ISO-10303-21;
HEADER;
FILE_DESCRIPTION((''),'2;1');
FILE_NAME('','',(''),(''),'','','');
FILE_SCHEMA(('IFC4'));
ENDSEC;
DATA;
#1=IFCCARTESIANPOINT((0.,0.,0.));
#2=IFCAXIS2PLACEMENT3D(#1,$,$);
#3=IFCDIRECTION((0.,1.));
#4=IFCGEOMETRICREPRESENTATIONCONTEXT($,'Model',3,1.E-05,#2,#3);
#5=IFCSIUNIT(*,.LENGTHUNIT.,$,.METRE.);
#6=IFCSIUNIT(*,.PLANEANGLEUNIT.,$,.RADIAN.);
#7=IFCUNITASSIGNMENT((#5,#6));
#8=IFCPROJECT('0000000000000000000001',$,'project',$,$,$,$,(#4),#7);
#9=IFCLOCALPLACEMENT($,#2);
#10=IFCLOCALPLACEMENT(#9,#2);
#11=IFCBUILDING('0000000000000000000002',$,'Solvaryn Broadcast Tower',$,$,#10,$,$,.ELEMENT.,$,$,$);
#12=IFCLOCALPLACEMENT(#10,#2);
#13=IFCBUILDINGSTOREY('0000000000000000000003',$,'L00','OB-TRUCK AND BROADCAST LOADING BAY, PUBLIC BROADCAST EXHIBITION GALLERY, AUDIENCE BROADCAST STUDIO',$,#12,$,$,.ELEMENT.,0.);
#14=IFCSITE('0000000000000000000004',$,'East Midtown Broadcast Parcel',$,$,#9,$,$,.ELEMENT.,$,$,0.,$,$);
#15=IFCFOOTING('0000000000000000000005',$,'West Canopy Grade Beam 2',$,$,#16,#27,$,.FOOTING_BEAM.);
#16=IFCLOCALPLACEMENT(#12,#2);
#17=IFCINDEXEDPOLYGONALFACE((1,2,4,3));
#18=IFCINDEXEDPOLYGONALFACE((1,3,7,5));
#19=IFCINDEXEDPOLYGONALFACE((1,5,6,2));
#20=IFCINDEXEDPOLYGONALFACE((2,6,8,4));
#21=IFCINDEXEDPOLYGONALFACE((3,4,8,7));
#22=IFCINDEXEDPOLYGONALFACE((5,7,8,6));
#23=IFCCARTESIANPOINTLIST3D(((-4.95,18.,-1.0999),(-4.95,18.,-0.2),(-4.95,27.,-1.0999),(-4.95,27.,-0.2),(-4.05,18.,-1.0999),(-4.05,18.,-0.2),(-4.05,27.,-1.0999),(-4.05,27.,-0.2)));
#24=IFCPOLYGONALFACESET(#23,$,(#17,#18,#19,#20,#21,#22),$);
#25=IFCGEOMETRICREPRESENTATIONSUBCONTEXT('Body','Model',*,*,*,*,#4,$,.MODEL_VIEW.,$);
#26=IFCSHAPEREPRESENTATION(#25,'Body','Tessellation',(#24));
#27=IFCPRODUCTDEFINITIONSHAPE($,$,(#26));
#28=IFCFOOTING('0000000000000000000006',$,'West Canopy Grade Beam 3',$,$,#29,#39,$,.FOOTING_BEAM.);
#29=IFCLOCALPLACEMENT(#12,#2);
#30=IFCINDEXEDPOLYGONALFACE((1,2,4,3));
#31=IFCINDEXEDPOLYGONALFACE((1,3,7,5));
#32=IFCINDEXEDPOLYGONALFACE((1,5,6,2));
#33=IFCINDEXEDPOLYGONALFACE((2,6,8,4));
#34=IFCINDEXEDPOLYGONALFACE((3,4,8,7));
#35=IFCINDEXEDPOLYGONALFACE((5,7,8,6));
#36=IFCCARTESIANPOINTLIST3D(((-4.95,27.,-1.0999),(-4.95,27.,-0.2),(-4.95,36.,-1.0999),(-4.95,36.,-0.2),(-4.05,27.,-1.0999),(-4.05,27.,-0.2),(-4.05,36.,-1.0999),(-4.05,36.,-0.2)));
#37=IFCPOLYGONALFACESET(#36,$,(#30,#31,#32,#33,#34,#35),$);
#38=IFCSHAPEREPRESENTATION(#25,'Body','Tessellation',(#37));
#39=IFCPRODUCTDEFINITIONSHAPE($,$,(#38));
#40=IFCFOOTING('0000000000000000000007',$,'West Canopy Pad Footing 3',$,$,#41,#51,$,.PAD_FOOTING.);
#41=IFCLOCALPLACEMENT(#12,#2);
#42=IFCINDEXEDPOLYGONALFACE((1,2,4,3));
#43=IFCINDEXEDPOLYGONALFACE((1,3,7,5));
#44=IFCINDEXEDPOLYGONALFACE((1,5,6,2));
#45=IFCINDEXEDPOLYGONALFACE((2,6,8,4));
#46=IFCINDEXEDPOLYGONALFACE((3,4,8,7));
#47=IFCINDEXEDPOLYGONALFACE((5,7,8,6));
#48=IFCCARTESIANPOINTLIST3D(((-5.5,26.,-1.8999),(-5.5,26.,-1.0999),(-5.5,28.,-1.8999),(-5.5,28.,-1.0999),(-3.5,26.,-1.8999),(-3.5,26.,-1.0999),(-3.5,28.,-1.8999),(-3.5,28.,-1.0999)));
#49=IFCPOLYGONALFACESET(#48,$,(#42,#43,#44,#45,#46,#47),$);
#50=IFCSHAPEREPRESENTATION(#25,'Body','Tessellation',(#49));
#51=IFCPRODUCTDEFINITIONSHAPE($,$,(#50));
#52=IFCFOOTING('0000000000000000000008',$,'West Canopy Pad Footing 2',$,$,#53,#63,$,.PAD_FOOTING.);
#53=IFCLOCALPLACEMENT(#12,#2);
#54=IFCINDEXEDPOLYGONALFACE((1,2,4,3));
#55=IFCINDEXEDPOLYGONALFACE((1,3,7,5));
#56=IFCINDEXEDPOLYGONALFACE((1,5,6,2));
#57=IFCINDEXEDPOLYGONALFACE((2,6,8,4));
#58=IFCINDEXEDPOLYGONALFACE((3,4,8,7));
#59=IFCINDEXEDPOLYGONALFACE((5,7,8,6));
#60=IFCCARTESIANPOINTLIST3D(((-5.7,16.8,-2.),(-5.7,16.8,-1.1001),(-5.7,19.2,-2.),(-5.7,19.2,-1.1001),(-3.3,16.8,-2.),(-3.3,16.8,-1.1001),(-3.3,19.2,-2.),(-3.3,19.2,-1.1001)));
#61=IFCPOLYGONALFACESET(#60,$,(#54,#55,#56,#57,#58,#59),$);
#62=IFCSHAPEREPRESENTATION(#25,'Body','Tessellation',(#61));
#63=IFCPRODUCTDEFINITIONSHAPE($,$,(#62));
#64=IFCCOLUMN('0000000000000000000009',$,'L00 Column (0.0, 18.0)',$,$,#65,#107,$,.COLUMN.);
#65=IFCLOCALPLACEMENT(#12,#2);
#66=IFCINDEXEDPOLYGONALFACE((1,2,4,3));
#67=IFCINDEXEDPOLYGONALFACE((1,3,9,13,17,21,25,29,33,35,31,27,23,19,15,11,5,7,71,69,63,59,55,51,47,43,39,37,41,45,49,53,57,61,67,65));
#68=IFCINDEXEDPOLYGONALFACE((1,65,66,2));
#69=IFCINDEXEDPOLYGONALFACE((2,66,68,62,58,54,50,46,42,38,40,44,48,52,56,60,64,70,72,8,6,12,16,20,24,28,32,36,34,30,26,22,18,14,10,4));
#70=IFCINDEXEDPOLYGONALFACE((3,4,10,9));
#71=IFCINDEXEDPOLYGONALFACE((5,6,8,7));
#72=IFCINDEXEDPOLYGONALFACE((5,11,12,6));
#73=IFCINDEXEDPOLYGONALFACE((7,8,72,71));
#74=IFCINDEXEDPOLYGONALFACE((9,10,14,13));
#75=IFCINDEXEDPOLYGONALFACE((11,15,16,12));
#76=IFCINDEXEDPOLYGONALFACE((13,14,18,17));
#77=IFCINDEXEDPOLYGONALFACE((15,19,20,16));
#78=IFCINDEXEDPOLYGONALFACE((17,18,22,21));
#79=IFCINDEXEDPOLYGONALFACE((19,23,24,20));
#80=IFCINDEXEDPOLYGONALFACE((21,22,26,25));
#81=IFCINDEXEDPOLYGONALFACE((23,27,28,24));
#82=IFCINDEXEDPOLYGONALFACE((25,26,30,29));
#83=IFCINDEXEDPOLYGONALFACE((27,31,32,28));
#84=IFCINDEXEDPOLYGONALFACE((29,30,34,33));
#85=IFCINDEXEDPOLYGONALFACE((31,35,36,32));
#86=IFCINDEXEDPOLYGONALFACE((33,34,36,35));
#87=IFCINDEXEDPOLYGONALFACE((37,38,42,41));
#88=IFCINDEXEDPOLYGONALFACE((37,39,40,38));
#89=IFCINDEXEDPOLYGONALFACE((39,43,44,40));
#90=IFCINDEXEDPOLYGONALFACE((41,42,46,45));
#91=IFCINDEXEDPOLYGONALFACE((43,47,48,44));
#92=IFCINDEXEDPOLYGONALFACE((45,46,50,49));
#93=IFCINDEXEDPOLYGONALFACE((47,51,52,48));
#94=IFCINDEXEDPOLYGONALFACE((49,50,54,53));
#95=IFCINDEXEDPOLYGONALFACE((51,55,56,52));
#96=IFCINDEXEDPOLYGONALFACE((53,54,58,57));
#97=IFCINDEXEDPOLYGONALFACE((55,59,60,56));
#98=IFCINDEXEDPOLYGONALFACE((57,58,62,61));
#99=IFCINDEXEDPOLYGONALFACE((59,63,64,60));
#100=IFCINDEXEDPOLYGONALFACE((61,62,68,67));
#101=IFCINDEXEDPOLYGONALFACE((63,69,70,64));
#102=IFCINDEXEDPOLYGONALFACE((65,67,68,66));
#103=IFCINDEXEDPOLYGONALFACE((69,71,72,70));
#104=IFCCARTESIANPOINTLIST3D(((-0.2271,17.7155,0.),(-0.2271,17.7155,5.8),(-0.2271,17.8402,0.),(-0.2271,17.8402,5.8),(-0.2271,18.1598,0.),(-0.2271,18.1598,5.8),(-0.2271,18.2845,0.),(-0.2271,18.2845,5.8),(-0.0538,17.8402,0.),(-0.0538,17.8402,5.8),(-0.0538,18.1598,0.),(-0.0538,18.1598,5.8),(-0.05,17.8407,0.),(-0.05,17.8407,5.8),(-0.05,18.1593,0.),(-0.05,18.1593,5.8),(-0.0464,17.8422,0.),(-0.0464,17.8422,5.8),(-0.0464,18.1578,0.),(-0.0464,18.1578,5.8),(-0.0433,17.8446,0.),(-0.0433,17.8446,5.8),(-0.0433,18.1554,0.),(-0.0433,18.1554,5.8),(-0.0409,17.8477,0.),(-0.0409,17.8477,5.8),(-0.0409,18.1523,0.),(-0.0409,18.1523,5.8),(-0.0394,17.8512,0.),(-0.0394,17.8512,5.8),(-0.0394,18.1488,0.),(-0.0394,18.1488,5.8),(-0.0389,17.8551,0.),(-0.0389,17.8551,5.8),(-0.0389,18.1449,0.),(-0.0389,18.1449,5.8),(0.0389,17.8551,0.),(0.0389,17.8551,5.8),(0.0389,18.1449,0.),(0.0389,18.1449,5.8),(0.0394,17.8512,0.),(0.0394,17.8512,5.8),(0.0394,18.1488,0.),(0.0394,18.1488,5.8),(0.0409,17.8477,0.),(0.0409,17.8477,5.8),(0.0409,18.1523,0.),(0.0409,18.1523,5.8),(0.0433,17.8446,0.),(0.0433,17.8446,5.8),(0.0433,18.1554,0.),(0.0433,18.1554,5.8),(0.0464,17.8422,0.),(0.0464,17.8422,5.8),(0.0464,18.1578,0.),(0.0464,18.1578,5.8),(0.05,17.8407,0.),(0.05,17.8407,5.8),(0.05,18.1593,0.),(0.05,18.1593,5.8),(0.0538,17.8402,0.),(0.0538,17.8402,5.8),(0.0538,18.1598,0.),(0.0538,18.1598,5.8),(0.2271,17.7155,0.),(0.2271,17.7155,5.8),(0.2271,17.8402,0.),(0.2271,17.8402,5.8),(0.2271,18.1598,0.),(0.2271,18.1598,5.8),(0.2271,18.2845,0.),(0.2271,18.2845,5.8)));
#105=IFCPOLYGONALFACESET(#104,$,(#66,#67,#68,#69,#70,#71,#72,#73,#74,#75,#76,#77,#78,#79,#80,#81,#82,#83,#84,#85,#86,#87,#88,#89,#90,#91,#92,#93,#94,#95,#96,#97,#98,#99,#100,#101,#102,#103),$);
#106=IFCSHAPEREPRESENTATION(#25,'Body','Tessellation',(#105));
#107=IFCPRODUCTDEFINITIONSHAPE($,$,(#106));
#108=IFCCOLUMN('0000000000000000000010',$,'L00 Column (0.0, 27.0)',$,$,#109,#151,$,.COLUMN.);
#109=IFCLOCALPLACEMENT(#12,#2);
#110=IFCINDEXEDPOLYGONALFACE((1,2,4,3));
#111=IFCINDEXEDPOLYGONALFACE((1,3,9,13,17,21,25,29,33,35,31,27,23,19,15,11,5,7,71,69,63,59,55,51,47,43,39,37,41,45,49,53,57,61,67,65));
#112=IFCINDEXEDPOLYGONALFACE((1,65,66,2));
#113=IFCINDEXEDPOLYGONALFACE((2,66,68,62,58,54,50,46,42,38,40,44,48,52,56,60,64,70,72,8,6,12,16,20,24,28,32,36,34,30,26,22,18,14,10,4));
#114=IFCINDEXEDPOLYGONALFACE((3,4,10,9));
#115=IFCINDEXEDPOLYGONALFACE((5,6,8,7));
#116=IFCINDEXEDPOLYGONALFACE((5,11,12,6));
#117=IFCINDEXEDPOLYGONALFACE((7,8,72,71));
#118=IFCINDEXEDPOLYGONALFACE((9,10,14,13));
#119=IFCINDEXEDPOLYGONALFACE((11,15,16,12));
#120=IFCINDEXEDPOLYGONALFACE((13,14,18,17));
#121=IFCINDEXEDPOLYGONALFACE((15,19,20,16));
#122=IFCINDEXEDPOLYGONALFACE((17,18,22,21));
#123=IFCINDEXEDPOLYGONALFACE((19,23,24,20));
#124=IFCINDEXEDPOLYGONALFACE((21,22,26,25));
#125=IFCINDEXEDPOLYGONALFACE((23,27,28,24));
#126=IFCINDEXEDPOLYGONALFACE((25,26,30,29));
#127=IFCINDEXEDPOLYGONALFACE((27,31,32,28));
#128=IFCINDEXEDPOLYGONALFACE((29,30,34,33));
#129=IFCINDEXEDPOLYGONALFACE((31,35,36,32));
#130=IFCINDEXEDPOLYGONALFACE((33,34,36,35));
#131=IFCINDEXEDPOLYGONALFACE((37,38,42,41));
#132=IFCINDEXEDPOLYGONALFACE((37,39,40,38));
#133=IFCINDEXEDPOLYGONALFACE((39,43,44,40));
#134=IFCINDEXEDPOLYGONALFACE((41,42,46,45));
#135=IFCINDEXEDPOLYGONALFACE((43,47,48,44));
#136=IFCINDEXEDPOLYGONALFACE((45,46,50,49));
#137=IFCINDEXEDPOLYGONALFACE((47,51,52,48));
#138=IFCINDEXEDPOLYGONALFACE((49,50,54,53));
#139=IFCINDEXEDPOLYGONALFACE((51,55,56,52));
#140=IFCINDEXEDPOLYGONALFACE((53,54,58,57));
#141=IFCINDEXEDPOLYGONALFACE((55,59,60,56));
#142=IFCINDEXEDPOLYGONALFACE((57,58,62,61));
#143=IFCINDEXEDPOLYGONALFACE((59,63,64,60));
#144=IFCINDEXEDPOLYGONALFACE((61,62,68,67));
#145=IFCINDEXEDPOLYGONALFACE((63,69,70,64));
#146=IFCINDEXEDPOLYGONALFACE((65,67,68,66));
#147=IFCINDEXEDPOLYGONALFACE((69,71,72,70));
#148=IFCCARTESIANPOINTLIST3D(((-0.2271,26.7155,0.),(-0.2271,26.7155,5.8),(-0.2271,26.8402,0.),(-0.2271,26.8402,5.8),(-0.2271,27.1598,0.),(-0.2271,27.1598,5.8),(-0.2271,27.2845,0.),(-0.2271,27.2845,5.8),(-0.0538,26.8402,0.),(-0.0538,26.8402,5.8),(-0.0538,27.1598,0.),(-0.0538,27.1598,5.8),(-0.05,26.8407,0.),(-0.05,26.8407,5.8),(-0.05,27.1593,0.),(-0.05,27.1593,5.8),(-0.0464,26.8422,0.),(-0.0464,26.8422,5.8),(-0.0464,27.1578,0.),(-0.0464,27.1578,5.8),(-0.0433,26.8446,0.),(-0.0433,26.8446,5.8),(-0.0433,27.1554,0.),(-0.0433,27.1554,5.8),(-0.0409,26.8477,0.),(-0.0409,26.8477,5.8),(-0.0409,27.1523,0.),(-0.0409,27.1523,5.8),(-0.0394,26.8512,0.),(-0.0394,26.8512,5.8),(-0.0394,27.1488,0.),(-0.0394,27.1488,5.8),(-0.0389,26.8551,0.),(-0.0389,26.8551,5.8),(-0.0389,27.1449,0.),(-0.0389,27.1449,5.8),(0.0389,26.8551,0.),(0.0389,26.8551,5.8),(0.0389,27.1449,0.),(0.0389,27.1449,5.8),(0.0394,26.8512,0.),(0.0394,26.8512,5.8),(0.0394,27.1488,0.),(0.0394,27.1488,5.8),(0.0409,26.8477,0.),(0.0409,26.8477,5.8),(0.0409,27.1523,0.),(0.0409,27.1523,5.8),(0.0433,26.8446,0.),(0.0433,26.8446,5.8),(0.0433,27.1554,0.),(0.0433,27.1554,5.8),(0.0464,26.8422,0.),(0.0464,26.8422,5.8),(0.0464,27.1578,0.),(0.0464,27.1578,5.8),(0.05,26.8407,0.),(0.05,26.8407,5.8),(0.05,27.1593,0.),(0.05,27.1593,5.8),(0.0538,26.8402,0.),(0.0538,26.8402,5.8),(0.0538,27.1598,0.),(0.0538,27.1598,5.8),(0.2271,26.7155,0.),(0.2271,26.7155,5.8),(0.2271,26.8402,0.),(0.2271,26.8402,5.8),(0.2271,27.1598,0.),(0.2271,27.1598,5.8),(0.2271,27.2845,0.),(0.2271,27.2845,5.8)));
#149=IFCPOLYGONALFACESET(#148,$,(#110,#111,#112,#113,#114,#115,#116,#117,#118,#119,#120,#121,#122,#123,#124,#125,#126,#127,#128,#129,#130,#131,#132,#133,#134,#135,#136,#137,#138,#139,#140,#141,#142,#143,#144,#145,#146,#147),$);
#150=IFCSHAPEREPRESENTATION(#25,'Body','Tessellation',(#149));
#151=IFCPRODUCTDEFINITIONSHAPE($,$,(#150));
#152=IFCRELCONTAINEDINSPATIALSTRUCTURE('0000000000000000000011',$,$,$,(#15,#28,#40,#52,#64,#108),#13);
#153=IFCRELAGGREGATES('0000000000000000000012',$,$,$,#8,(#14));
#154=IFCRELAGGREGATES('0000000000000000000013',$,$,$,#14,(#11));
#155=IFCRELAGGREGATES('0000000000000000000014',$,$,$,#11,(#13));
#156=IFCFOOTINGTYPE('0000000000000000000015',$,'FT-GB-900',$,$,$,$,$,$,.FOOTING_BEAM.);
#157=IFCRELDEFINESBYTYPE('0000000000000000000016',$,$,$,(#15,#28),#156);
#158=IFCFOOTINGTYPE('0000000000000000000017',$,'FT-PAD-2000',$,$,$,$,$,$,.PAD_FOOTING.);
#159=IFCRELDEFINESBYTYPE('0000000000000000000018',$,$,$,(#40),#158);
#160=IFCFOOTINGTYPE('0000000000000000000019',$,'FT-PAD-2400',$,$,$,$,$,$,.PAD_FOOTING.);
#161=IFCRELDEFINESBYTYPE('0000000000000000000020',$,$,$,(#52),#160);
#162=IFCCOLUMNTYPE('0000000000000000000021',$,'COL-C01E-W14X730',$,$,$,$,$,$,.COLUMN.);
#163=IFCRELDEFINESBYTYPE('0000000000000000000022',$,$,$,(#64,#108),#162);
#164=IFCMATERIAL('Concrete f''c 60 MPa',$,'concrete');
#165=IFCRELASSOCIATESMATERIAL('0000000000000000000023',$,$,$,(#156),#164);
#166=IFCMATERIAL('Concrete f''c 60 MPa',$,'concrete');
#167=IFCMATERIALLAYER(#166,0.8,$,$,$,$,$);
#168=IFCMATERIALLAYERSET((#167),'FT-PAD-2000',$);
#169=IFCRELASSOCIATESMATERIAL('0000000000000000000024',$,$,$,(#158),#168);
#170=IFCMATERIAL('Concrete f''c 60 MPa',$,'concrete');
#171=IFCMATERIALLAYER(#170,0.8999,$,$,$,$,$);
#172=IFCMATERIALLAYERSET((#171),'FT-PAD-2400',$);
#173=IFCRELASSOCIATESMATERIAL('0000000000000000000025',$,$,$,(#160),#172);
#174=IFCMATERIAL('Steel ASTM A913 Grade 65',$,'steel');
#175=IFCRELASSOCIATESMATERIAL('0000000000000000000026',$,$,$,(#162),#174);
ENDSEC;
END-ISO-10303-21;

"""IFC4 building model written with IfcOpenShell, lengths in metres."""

from ifc_helpers import new_model, si_unit, direction, frame, origin, origin_2d, place, context, subcontext, project, spatial, rectangle, i_section, extrude, material, layer, layer_set, material_profile, profile_set, type_object, element, save


model = new_model("IFC4")

# Units and contexts
model_context = context("Model", 3, precision=1e-05, world=origin(), true_north=direction((0.0, 1.0)))
body_context = subcontext(model_context, "Body", "Model", "MODEL_VIEW")
ifc_project = project(units=[si_unit("LENGTHUNIT", "METRE"), si_unit("PLANEANGLEUNIT", "RADIAN")], contexts=[model_context])

# Site, building, storey
site_placement = place(None, origin())
site = spatial("IfcSite", under=ifc_project, at=site_placement, Name="East Midtown Broadcast Parcel", CompositionType="ELEMENT", RefElevation=0.0)
building_placement = place(site_placement, origin())
building = spatial("IfcBuilding", under=site, at=building_placement, Name="Solvaryn Broadcast Tower", CompositionType="ELEMENT")
storey_placement = place(building_placement, origin())
storey = spatial("IfcBuildingStorey", under=building, at=storey_placement, Name="L00", Description="OB-TRUCK AND BROADCAST LOADING BAY, PUBLIC BROADCAST EXHIBITION GALLERY, AUDIENCE BROADCAST STUDIO", CompositionType="ELEMENT", Elevation=0.0)

# Footings
ifc_material_1 = material(Name="Concrete f'c 60 MPa", Category="concrete")
ifc_material_profile_1 = material_profile(ifc_material_1, rectangle(XDim=0.8999, YDim=0.8999, at=origin_2d()))
ifc_profile_set_1 = profile_set([ifc_material_profile_1], Name="Concrete f'c 60 MPa")
footing_type_1 = type_object("IfcFootingType", Name="FT-GB-900", PredefinedType="FOOTING_BEAM", material=ifc_profile_set_1)
for number, where, z_axis, x_axis, name in (
    (1, (-4.5, 18.0, -0.6499), (0.0, 1.0, 0.0), (-1.0, 0.0, 0.0), "West Canopy Grade Beam 2"),
    (2, (-4.5, 27.0, -0.6499), (0.0, 1.0, 0.0), (-1.0, 0.0, 0.0), "West Canopy Grade Beam 3"),
):
    element("IfcFooting", number, at=place(storey_placement, frame(where, z_axis=z_axis, x_axis=x_axis)), inside=storey, type_object=footing_type_1, Name=name, PredefinedType="FOOTING_BEAM", context=body_context, shape_type="SweptSolid", body=[
        extrude(rectangle(XDim=0.8999, YDim=0.8999, at=origin_2d()), origin(), (0.0, 0.0, 1.0), 9.0),
    ])
ifc_material_2 = material(Name="Concrete f'c 60 MPa", Category="concrete")
ifc_layer_1 = layer(ifc_material_2, 0.8)
ifc_layer_set_1 = layer_set([ifc_layer_1], Name="FT-PAD-2000")
footing_type_2 = type_object("IfcFootingType", Name="FT-PAD-2000", PredefinedType="PAD_FOOTING", material=ifc_layer_set_1)
footing_1_placement = place(storey_placement, frame((-4.5, 27.0, -1.8999), z_axis=(0.0, 0.0, 1.0), x_axis=(1.0, 0.0, 0.0)))
element("IfcFooting", 3, at=footing_1_placement, inside=storey, type_object=footing_type_2, Name="West Canopy Pad Footing 3", PredefinedType="PAD_FOOTING", context=body_context, shape_type="SweptSolid", body=[
    extrude(rectangle(XDim=2.0, YDim=2.0, at=origin_2d()), origin(), (0.0, 0.0, 1.0), 0.8),
])
ifc_material_3 = material(Name="Concrete f'c 60 MPa", Category="concrete")
ifc_layer_2 = layer(ifc_material_3, 0.8999)
ifc_layer_set_2 = layer_set([ifc_layer_2], Name="FT-PAD-2400")
footing_type_3 = type_object("IfcFootingType", Name="FT-PAD-2400", PredefinedType="PAD_FOOTING", material=ifc_layer_set_2)
footing_2_placement = place(storey_placement, frame((-4.5, 18.0, -2.0), z_axis=(0.0, 0.0, 1.0), x_axis=(1.0, 0.0, 0.0)))
element("IfcFooting", 4, at=footing_2_placement, inside=storey, type_object=footing_type_3, Name="West Canopy Pad Footing 2", PredefinedType="PAD_FOOTING", context=body_context, shape_type="SweptSolid", body=[
    extrude(rectangle(XDim=2.3999, YDim=2.3999, at=origin_2d()), origin(), (0.0, 0.0, 1.0), 0.8999),
])

# Columns
ifc_material_4 = material(Name="Steel ASTM A913 Grade 65", Category="steel")
ifc_material_profile_2 = material_profile(ifc_material_4, i_section(OverallWidth=0.4541, OverallDepth=0.5691, WebThickness=0.0779, FlangeThickness=0.1248, FilletRadius=0.0149, at=origin_2d()))
ifc_profile_set_2 = profile_set([ifc_material_profile_2], Name="Steel ASTM A913 Grade 65")
column_type_1 = type_object("IfcColumnType", Name="COL-C01E-W14X730", PredefinedType="COLUMN", material=ifc_profile_set_2)
for number, where, z_axis, x_axis, name in (
    (5, (0.0, 18.0, 0.0), (0.0, 0.0, 1.0), (1.0, 0.0, 0.0), "L00 Column (0.0, 18.0)"),
    (6, (0.0, 27.0, 0.0), (0.0, 0.0, 1.0), (1.0, 0.0, 0.0), "L00 Column (0.0, 27.0)"),
):
    element("IfcColumn", number, at=place(storey_placement, frame(where, z_axis=z_axis, x_axis=x_axis)), inside=storey, type_object=column_type_1, Name=name, PredefinedType="COLUMN", context=body_context, shape_type="SweptSolid", body=[
        extrude(i_section(OverallWidth=0.4541, OverallDepth=0.5691, WebThickness=0.0779, FlangeThickness=0.1248, FilletRadius=0.0149, at=origin_2d()), origin(), (0.0, 0.0, 1.0), 5.8),
    ])

save(model, "model.ifc")
